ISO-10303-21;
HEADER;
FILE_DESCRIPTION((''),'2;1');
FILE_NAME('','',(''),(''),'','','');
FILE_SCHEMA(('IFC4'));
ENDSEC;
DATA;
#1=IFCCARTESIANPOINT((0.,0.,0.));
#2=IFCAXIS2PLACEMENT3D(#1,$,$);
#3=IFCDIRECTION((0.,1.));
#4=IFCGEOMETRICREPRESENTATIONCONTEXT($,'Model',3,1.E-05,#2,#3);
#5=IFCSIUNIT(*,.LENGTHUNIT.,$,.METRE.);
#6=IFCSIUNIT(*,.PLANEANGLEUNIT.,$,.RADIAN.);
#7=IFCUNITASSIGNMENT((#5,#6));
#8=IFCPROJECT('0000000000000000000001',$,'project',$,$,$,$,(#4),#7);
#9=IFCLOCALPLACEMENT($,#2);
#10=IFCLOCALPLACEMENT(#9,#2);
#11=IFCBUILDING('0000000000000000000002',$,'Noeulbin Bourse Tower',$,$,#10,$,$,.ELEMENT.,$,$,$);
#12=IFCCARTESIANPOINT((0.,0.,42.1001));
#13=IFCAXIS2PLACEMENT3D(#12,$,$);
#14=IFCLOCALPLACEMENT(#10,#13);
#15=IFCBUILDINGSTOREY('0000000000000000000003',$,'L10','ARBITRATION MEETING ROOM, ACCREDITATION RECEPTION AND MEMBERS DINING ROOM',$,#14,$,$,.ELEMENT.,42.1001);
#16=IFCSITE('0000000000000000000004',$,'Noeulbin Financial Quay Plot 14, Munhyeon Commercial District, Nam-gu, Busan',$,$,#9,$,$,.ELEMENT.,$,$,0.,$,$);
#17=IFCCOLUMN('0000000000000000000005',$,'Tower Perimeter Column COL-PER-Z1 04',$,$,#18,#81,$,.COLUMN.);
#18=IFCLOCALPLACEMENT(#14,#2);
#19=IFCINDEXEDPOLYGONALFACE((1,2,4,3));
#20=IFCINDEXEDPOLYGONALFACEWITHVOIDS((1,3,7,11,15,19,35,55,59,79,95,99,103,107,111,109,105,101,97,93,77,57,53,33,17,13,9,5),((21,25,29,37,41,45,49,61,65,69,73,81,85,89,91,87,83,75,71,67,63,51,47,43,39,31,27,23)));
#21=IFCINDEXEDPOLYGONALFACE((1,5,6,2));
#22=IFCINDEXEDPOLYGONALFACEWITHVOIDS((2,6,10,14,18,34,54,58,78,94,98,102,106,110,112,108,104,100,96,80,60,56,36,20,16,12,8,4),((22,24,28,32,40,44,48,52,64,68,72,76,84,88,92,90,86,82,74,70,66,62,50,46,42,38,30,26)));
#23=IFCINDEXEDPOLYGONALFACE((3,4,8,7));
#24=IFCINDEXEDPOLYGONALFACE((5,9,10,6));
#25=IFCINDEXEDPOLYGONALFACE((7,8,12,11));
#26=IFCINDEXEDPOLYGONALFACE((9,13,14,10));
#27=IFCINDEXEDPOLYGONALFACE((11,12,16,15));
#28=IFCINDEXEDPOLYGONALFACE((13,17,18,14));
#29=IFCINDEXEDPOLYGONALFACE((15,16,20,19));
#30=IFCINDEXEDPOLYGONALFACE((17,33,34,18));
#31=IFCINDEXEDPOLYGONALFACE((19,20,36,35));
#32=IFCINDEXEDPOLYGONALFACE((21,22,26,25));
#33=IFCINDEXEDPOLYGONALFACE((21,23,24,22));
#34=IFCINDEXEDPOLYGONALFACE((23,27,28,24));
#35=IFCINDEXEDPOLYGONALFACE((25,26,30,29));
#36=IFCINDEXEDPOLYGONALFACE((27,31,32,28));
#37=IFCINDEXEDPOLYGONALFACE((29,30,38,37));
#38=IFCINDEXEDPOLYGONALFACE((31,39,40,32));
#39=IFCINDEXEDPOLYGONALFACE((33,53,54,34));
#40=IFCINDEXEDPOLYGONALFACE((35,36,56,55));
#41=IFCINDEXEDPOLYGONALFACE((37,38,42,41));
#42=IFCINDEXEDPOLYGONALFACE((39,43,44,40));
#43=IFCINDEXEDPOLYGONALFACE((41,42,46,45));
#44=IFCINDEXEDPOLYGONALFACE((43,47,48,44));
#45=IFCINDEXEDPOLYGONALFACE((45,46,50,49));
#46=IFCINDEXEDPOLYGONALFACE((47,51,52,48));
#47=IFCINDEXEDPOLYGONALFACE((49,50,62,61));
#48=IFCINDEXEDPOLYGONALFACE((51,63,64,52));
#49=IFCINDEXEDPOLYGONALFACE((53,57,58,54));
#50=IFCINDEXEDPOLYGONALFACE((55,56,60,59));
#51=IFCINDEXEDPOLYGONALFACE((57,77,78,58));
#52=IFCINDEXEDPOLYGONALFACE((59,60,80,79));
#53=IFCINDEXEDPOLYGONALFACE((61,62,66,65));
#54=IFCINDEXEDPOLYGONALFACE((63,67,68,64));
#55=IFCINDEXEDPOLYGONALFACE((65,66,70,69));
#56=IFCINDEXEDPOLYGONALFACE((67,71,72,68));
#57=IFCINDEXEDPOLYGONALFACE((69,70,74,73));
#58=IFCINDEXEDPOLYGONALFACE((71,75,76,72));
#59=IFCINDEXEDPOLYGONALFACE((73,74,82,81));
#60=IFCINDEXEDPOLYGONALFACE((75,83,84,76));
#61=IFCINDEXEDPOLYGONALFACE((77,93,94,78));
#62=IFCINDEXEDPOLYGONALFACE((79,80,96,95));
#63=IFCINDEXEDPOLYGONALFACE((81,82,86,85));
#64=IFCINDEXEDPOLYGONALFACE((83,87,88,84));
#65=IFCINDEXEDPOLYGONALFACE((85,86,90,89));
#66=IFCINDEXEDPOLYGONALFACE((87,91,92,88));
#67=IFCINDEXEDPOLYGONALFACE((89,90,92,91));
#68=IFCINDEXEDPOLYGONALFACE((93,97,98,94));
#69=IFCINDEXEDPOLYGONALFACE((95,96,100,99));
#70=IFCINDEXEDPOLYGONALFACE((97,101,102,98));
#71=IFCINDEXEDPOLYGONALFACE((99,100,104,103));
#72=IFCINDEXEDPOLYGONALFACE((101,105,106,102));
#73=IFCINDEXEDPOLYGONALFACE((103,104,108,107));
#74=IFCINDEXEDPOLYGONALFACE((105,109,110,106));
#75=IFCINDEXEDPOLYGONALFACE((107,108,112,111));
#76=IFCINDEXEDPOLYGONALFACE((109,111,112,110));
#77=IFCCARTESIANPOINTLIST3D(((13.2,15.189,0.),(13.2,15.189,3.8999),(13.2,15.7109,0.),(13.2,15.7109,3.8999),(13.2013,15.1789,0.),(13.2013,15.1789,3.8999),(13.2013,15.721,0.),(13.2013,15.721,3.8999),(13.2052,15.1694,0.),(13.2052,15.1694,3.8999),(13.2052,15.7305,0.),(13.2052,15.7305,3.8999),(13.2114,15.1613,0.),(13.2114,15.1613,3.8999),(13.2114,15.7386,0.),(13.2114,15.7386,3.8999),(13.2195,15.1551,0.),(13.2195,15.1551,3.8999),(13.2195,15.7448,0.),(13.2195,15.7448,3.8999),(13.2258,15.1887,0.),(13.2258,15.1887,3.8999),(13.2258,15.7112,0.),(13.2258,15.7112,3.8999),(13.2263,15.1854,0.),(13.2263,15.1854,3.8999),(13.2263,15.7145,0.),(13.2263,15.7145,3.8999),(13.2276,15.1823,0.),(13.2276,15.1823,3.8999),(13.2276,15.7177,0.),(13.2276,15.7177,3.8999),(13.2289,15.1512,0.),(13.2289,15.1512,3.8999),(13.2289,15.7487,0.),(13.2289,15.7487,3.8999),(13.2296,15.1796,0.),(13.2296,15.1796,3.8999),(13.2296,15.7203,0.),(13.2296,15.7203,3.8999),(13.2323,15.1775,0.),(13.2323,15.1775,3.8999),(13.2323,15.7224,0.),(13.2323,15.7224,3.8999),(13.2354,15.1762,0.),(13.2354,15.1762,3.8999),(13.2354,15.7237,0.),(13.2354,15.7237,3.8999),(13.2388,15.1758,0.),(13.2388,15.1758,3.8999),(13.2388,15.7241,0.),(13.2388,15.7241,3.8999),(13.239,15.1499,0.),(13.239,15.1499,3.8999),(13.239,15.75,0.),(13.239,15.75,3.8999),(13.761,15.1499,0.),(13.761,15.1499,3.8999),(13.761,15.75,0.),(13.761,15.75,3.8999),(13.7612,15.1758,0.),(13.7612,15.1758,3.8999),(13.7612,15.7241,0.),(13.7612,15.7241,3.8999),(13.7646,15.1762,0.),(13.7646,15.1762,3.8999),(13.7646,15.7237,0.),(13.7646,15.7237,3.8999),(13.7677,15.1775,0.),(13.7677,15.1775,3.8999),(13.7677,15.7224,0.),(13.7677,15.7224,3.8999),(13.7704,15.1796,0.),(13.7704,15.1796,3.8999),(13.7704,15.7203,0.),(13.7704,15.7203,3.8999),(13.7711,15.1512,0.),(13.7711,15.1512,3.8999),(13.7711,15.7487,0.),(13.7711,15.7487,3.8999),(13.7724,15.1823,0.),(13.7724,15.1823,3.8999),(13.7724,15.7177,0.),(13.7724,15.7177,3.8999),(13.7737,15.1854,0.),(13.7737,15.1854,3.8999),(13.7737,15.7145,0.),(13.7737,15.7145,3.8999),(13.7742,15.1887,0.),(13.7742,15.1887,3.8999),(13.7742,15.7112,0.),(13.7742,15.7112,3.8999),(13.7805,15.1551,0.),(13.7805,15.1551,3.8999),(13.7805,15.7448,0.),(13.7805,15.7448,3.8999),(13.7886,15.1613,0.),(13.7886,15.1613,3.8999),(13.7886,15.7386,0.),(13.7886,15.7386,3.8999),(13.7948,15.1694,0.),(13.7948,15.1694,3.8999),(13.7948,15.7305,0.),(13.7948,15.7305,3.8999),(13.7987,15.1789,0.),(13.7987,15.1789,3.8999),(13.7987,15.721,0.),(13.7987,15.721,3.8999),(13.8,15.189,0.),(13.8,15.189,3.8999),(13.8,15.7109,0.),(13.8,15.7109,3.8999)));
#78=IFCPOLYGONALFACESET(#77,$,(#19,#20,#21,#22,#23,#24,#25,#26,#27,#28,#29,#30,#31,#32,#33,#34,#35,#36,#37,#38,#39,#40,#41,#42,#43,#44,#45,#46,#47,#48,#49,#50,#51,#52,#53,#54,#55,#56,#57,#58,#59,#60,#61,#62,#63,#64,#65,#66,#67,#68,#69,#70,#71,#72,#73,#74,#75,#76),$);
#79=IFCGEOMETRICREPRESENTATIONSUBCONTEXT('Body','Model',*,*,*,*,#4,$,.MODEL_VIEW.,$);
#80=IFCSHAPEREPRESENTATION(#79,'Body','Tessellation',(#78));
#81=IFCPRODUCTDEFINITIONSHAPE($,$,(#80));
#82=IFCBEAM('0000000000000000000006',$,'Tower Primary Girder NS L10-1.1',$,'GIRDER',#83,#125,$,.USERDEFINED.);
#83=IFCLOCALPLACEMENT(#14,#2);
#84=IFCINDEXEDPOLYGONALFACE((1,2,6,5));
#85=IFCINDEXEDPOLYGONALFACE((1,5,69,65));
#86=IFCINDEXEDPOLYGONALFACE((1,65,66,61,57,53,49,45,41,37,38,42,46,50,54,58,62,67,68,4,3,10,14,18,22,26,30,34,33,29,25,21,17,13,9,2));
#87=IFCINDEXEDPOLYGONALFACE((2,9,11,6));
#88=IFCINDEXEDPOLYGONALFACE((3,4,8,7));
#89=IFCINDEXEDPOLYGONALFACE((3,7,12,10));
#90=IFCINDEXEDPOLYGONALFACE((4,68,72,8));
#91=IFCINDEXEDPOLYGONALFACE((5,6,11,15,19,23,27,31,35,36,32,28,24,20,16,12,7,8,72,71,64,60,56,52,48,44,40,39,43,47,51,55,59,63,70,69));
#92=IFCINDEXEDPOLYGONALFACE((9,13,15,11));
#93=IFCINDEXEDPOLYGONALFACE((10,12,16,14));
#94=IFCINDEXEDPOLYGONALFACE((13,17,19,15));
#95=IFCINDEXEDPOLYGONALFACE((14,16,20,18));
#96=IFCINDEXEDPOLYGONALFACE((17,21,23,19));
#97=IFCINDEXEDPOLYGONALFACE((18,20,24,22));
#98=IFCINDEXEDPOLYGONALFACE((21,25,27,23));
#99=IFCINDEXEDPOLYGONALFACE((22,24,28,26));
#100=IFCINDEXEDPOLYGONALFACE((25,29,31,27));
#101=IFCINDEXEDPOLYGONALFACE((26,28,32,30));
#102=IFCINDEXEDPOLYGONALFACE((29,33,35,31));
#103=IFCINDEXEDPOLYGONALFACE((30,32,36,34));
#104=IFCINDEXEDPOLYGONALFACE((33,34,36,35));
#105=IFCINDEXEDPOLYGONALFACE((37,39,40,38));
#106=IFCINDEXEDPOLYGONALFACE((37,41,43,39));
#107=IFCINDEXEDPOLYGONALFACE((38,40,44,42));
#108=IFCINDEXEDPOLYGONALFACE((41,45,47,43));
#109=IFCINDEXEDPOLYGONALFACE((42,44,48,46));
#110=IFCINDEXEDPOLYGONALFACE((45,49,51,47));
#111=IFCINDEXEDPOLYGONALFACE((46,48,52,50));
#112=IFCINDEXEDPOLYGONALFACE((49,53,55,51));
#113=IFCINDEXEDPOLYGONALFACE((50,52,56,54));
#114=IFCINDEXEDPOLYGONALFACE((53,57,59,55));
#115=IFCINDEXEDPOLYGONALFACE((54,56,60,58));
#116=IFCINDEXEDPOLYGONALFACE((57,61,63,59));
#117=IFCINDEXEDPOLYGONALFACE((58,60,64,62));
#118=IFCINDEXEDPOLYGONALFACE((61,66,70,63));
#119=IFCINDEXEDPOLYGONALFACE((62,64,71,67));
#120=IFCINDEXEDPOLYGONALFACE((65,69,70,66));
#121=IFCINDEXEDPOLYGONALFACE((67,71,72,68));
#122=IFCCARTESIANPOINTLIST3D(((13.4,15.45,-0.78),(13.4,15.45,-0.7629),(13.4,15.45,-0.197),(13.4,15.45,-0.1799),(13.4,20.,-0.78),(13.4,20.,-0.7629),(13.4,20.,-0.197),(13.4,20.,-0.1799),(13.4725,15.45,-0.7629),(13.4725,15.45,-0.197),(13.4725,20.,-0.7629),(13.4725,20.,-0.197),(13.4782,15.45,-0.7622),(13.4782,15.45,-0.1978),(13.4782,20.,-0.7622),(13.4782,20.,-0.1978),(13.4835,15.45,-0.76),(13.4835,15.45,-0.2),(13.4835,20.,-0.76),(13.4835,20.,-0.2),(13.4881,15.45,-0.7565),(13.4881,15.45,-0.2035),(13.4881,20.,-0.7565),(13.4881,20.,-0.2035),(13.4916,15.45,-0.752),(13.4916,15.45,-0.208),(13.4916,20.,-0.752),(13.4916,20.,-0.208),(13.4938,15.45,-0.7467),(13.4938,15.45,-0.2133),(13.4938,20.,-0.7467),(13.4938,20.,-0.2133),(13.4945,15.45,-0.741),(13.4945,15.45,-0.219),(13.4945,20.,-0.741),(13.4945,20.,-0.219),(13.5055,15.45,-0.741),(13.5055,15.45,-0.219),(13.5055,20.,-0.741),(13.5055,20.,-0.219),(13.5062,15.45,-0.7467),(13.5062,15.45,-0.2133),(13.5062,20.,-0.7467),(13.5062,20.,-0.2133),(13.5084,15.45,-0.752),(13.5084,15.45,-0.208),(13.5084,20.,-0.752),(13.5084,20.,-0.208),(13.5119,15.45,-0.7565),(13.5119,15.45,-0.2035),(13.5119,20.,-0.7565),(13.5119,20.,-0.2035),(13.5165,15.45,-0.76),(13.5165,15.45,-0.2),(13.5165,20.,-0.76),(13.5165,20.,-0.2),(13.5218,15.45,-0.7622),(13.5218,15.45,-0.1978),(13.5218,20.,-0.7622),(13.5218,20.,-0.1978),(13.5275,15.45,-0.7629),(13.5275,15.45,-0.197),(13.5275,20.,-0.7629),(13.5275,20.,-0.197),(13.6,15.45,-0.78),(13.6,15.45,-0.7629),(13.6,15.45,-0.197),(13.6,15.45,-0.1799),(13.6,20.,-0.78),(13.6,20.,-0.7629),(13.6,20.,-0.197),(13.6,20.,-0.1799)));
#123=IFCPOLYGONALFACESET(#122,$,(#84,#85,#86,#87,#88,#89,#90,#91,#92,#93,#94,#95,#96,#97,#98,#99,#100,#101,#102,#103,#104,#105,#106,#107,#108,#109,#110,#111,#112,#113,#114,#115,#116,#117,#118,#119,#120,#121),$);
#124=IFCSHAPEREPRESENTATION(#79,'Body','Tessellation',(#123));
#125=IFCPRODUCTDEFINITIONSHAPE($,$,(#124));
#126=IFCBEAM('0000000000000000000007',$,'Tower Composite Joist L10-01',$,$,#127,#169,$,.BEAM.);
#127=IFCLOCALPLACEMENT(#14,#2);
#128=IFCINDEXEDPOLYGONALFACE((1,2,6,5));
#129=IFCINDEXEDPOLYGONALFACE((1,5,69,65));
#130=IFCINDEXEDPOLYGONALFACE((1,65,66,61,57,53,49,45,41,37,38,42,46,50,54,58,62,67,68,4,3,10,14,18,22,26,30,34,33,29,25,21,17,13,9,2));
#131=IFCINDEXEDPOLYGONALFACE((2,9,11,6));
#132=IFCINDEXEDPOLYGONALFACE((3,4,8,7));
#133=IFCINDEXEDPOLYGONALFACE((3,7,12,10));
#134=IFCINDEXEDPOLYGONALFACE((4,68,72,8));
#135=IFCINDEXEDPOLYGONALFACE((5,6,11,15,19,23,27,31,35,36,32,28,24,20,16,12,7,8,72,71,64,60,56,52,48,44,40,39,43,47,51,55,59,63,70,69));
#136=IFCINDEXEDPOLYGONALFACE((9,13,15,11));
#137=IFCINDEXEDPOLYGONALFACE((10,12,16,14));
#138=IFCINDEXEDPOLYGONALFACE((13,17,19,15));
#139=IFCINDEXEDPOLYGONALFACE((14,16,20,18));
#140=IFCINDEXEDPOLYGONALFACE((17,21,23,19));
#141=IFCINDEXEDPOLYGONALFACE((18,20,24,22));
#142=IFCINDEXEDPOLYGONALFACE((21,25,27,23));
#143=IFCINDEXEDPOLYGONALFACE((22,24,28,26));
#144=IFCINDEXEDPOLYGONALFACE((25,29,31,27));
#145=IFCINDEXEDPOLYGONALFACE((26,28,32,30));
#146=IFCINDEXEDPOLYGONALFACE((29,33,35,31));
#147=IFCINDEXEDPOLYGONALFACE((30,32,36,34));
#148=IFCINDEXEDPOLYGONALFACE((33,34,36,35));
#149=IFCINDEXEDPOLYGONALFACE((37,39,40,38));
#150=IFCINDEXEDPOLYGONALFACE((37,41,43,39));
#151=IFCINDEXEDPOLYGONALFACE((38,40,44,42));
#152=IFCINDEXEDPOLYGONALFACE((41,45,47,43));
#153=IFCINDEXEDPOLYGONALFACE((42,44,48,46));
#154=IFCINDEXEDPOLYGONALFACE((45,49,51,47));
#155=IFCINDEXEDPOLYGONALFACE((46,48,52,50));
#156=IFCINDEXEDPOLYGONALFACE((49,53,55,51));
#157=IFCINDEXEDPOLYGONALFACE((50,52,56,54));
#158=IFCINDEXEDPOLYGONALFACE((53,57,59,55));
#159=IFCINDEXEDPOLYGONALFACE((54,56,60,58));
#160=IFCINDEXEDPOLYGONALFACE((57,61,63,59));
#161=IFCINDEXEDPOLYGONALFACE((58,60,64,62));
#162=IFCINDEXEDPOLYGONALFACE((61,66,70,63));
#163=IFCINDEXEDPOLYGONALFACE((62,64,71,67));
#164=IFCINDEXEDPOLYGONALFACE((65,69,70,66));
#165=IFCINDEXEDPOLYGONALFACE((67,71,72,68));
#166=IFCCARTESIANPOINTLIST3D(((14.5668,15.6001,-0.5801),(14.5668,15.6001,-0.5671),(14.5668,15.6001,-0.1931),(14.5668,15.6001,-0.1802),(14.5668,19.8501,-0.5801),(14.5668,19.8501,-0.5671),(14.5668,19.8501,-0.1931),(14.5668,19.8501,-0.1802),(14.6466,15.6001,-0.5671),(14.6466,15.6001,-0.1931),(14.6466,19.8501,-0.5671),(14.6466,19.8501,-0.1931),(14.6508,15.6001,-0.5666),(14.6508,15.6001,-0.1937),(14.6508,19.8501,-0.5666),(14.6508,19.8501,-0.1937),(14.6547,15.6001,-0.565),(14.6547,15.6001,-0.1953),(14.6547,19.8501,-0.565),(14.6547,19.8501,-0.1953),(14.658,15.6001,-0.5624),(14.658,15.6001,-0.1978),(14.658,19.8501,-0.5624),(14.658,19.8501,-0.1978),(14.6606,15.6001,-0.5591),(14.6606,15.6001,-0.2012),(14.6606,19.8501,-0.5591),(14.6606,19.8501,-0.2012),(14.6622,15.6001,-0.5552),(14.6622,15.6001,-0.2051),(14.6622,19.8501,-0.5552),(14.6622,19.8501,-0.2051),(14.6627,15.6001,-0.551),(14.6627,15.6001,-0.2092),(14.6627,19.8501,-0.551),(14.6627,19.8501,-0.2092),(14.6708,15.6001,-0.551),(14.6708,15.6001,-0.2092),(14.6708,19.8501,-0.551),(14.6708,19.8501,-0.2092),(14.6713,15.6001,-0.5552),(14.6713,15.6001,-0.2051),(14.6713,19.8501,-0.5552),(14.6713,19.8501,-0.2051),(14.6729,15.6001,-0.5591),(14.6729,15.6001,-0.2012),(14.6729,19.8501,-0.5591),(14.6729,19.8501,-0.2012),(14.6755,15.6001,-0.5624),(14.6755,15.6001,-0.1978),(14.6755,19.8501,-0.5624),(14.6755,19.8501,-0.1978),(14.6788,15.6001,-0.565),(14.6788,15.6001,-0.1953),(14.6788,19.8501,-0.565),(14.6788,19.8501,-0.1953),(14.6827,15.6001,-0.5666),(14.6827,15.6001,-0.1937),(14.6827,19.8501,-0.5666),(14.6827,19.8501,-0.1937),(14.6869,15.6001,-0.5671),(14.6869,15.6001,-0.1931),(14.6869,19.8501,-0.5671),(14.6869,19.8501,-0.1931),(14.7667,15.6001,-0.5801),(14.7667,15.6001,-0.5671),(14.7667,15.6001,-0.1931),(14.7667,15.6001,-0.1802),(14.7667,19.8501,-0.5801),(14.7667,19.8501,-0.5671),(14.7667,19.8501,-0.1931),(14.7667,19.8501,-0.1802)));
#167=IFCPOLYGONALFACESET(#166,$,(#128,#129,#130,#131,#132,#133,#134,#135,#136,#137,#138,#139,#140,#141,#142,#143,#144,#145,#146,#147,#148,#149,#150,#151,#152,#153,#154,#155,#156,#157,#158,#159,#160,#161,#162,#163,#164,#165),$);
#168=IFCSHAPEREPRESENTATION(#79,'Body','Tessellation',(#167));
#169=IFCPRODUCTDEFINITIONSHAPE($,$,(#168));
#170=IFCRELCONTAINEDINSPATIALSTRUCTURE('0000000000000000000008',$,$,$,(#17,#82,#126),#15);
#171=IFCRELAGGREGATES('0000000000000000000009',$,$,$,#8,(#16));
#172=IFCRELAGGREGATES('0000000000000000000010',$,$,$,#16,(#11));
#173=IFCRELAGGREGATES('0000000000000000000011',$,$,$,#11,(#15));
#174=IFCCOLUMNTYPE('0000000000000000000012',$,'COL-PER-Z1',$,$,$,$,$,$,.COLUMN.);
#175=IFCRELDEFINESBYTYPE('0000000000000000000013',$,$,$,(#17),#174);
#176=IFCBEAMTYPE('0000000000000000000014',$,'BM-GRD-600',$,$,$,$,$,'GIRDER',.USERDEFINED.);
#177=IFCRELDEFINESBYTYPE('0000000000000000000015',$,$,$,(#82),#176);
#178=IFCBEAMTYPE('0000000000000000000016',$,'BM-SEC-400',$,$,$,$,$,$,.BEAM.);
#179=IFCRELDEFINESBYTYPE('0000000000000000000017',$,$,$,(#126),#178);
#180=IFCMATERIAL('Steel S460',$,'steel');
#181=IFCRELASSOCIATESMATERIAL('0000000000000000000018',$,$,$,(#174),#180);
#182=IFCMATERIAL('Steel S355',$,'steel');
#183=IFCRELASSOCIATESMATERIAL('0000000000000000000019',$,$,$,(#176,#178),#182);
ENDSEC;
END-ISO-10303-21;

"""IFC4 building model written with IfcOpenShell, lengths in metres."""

from ifc_helpers import new_model, si_unit, direction, frame, origin, origin_2d, place, context, subcontext, project, spatial, hollow_rectangle, i_section, extrude, material, material_profile, profile_set, type_object, element, save


model = new_model("IFC4")

# Units and contexts
model_context = context("Model", 3, precision=1e-05, world=origin(), true_north=direction((0.0, 1.0)))
body_context = subcontext(model_context, "Body", "Model", "MODEL_VIEW")
ifc_project = project(units=[si_unit("LENGTHUNIT", "METRE"), si_unit("PLANEANGLEUNIT", "RADIAN")], contexts=[model_context])

# Site, building, storey
site_placement = place(None, origin())
site = spatial("IfcSite", under=ifc_project, at=site_placement, Name="Noeulbin Financial Quay Plot 14, Munhyeon Commercial District, Nam-gu, Busan", CompositionType="ELEMENT", RefElevation=0.0)
building_placement = place(site_placement, origin())
building = spatial("IfcBuilding", under=site, at=building_placement, Name="Noeulbin Bourse Tower", CompositionType="ELEMENT")
storey_placement = place(building_placement, frame((0.0, 0.0, 42.1001)))
storey = spatial("IfcBuildingStorey", under=building, at=storey_placement, Name="L10", Description="ARBITRATION MEETING ROOM, ACCREDITATION RECEPTION AND MEMBERS DINING ROOM", CompositionType="ELEMENT", Elevation=42.1001)

# Column
ifc_material_1 = material(Name="Steel S460", Category="steel")
ifc_material_profile_1 = material_profile(ifc_material_1, hollow_rectangle(XDim=0.6001, YDim=0.6001, WallThickness=0.0259, InnerFilletRadius=0.0129, OuterFilletRadius=0.0391, at=origin_2d()), Name="BOX-600x600x26", Category="LoadBearing")
ifc_profile_set_1 = profile_set([ifc_material_profile_1], Name="Steel S460")
column_type = type_object("IfcColumnType", Name="COL-PER-Z1", PredefinedType="COLUMN", material=ifc_profile_set_1)
column_placement = place(storey_placement, frame((13.5, 15.45, 0.0), z_axis=(0.0, 0.0, 1.0), x_axis=(1.0, 0.0, 0.0)))
element("IfcColumn", 1, at=column_placement, inside=storey, type_object=column_type, Name="Tower Perimeter Column COL-PER-Z1 04", PredefinedType="COLUMN", context=body_context, shape_type="SweptSolid", body=[
    extrude(hollow_rectangle(XDim=0.6001, YDim=0.6001, WallThickness=0.0259, InnerFilletRadius=0.0129, OuterFilletRadius=0.0391, at=origin_2d()), origin(), (0.0, 0.0, 1.0), 3.8999),
])

# Beams
ifc_material_2 = material(Name="Steel S355", Category="steel")
ifc_material_profile_2 = material_profile(ifc_material_2, i_section(OverallWidth=0.2, OverallDepth=0.6001, WebThickness=0.011, FlangeThickness=0.0171, FilletRadius=0.022, at=origin_2d()), Name="H-600x200x11x17", Category="LoadBearing")
ifc_profile_set_2 = profile_set([ifc_material_profile_2], Name="Steel S355")
beam_type_1 = type_object("IfcBeamType", Name="BM-GRD-600", ElementType="GIRDER", PredefinedType="USERDEFINED", material=ifc_profile_set_2)
beam_1_placement = place(storey_placement, frame((13.5, 15.45, -0.48), z_axis=(0.0, 1.0, 0.0), x_axis=(-1.0, 0.0, 0.0)))
element("IfcBeam", 2, at=beam_1_placement, inside=storey, type_object=beam_type_1, Name="Tower Primary Girder NS L10-1.1", ObjectType="GIRDER", PredefinedType="USERDEFINED", context=body_context, shape_type="SweptSolid", body=[
    extrude(i_section(OverallWidth=0.2, OverallDepth=0.6001, WebThickness=0.011, FlangeThickness=0.0171, FilletRadius=0.022, at=origin_2d()), origin(), (0.0, 0.0, 1.0), 4.55),
])
ifc_material_profile_3 = material_profile(ifc_material_2, i_section(OverallWidth=0.2, OverallDepth=0.3999, WebThickness=0.0081, FlangeThickness=0.0129, FilletRadius=0.0161, at=origin_2d()), Name="H-400x200x8x13", Category="LoadBearing")
ifc_profile_set_3 = profile_set([ifc_material_profile_3], Name="Steel S355")
beam_type_2 = type_object("IfcBeamType", Name="BM-SEC-400", PredefinedType="BEAM", material=ifc_profile_set_3)
for number, where, z_axis, x_axis, name in (
    (3, (14.6667, 15.6001, -0.3801), (0.0, 1.0, 0.0), (-1.0, 0.0, 0.0), "Tower Composite Joist L10-01"),
):
    element("IfcBeam", number, at=place(storey_placement, frame(where, z_axis=z_axis, x_axis=x_axis)), inside=storey, type_object=beam_type_2, Name=name, PredefinedType="BEAM", context=body_context, shape_type="SweptSolid", body=[
        extrude(i_section(OverallWidth=0.2, OverallDepth=0.3999, WebThickness=0.0081, FlangeThickness=0.0129, FilletRadius=0.0161, at=origin_2d()), origin(), (0.0, 0.0, 1.0), 4.25),
    ])

save(model, "model.ifc")
